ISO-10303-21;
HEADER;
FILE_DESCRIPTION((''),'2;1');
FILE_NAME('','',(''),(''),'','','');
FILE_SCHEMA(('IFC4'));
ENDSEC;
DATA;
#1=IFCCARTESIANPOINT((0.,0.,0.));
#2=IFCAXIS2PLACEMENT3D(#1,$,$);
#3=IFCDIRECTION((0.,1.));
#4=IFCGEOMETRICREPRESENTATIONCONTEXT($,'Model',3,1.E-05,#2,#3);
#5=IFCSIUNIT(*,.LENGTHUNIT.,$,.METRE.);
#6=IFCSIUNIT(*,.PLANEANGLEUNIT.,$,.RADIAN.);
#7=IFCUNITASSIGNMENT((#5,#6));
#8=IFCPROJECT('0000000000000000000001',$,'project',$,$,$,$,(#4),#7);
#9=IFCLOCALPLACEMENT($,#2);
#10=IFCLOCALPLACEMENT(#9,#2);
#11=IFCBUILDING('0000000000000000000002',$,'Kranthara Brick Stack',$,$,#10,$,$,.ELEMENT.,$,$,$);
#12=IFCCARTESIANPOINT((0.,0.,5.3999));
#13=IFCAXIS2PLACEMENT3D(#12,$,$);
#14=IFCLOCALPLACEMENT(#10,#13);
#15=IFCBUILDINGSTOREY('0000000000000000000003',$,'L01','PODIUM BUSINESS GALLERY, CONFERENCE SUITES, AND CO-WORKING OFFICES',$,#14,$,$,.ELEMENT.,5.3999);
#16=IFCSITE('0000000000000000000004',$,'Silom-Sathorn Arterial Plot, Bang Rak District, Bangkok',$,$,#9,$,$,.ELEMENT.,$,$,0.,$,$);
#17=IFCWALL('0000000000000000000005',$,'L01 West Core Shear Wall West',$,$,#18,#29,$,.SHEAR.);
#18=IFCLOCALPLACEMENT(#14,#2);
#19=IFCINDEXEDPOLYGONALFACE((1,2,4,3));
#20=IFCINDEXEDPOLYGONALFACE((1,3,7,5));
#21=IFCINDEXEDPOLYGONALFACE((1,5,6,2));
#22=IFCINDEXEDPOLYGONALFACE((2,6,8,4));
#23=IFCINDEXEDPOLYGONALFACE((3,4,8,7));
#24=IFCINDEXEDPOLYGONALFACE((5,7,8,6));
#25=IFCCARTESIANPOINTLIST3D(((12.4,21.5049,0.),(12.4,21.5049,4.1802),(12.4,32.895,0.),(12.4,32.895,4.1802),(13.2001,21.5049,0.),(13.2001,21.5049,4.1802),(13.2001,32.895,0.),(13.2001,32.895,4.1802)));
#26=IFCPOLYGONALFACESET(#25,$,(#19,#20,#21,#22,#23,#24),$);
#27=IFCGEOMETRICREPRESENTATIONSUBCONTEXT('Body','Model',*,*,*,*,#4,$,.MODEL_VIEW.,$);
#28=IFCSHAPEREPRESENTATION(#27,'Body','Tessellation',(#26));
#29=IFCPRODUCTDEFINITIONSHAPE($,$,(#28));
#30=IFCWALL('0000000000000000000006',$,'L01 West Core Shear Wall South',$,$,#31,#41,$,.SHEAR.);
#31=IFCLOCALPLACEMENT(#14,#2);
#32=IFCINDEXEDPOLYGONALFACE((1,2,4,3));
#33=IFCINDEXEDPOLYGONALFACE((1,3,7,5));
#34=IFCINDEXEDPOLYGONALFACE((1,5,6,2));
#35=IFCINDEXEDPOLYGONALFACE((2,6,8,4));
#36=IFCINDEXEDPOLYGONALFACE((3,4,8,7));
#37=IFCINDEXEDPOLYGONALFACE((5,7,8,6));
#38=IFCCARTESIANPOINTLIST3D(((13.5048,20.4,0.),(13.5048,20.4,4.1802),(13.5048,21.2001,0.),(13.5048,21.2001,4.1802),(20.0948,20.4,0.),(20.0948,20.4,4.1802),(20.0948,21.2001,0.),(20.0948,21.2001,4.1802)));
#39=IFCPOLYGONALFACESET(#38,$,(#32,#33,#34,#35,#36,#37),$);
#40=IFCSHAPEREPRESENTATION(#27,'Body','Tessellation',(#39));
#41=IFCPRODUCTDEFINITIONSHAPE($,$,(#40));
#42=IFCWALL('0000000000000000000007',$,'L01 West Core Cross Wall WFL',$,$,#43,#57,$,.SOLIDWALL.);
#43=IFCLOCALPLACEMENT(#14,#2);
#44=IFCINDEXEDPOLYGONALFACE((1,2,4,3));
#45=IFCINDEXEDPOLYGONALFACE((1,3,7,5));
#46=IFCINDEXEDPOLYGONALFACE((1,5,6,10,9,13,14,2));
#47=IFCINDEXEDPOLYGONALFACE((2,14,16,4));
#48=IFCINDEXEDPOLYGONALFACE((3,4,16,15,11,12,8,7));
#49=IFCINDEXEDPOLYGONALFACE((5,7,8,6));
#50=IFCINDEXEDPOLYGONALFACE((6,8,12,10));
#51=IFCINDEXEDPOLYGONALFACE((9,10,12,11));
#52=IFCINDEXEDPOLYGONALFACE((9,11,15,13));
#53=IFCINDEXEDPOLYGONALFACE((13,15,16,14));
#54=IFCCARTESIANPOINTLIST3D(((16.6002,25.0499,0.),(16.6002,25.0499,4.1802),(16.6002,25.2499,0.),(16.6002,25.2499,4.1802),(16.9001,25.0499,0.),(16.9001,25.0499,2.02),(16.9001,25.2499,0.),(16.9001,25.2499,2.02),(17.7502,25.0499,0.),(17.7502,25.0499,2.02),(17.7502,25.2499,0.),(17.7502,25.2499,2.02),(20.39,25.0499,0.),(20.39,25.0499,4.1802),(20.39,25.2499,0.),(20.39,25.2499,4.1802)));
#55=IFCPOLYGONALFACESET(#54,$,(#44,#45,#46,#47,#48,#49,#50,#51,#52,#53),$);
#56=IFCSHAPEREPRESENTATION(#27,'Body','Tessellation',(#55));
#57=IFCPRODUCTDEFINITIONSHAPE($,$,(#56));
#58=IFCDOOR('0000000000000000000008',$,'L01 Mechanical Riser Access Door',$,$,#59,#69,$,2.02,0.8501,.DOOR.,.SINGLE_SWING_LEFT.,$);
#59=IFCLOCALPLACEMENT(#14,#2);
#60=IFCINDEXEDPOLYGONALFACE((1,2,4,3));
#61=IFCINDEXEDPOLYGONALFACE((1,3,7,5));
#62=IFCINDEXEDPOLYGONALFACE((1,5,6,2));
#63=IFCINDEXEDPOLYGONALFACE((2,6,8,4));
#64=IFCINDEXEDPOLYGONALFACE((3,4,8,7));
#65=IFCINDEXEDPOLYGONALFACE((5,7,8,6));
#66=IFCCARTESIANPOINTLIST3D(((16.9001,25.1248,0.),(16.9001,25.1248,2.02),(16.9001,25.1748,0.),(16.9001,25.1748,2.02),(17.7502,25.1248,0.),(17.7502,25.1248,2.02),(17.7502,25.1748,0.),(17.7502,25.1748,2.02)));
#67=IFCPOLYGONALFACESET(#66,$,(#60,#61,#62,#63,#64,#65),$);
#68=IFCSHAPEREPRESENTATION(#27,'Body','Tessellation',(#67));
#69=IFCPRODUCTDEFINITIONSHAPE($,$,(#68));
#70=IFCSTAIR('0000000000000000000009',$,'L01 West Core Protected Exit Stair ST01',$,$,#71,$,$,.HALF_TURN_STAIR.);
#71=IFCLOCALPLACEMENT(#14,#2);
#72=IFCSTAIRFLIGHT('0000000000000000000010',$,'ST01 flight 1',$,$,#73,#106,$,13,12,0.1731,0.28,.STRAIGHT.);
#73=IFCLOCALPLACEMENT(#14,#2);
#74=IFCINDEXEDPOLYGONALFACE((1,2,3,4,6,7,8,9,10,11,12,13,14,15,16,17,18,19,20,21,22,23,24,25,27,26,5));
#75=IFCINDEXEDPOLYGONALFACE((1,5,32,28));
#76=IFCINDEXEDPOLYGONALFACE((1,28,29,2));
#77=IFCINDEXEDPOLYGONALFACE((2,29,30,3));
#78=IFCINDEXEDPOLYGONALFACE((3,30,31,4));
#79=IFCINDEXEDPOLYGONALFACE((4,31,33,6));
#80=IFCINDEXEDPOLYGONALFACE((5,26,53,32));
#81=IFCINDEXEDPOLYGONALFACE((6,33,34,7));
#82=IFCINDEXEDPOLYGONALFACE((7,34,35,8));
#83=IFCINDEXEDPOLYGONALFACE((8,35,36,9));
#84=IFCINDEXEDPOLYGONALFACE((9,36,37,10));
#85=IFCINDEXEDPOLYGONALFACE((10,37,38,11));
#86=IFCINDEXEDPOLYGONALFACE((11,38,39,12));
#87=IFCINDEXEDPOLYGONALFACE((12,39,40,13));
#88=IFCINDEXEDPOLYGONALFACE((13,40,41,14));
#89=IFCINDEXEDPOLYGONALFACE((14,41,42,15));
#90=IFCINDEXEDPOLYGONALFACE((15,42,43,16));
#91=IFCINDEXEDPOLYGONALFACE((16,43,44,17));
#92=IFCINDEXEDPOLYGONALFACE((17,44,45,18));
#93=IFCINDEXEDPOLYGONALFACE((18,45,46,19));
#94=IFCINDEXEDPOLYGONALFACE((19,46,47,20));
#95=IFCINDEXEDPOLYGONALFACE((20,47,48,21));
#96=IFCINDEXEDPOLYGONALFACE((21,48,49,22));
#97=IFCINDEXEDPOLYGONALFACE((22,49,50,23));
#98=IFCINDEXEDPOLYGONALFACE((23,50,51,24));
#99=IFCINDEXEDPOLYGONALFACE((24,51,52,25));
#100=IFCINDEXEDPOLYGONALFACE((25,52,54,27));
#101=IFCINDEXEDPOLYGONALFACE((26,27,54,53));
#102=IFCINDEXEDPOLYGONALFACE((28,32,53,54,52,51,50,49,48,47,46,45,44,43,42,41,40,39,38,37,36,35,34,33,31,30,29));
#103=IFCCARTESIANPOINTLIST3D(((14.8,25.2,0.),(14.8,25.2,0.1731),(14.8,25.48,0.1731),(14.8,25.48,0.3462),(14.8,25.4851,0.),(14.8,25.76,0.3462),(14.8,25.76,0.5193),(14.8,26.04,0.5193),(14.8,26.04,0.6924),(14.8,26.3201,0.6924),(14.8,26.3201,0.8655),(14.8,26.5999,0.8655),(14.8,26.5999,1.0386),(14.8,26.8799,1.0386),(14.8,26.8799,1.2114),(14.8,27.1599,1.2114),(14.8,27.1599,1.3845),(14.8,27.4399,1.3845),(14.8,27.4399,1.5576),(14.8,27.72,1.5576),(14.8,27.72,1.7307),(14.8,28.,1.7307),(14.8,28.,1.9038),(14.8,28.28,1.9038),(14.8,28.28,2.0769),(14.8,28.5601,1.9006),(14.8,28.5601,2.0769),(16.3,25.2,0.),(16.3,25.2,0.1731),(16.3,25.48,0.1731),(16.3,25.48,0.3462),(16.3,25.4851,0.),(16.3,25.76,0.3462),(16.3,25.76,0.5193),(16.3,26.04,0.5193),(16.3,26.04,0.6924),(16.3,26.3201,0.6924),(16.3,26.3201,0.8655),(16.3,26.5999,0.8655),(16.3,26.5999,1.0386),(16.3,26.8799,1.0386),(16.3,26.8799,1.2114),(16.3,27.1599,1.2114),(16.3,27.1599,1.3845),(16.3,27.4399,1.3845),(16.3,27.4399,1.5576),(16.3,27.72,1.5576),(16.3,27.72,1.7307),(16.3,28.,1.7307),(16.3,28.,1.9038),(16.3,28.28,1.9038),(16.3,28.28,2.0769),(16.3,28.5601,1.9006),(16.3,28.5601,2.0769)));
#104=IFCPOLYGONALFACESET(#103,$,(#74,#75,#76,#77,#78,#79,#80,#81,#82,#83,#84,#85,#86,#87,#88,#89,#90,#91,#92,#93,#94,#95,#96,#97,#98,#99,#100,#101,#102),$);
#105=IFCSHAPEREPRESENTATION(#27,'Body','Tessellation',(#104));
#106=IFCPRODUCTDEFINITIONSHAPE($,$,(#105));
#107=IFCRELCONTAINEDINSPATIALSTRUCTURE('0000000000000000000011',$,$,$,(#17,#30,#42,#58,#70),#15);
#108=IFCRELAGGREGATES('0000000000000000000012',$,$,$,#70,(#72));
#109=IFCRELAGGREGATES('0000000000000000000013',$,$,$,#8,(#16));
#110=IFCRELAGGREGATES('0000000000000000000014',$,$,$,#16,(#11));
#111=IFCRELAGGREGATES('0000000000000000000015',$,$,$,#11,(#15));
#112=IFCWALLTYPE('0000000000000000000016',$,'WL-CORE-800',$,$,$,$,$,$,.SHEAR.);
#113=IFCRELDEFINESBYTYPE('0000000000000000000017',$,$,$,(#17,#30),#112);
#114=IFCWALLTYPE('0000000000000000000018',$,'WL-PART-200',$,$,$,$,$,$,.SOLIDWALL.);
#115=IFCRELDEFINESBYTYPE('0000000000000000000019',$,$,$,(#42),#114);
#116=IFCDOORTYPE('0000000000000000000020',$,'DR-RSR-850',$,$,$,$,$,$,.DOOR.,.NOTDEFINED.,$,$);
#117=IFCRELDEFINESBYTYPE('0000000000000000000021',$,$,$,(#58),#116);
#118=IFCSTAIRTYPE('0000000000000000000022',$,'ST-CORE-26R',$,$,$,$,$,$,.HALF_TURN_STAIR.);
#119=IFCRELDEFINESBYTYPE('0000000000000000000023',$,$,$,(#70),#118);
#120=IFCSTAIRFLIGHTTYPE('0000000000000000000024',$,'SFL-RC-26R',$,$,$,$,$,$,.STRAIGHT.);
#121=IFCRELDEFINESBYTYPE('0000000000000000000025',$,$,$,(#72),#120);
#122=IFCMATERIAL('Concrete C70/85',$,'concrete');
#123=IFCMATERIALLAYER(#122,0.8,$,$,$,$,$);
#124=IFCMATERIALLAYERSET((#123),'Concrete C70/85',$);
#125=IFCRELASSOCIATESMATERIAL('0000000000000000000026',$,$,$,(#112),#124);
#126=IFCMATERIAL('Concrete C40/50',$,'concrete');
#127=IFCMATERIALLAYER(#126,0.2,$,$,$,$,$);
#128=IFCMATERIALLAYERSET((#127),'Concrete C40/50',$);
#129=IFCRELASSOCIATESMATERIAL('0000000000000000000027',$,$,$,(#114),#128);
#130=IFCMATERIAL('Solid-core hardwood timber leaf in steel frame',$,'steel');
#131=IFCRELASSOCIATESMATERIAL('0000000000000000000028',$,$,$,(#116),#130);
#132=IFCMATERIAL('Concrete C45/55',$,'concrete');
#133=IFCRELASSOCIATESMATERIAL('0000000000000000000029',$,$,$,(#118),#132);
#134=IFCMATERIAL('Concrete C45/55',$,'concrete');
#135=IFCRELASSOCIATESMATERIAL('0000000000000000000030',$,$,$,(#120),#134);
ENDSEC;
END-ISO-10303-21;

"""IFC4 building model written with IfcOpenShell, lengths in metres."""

from ifc_helpers import new_model, si_unit, direction, frame, frame_2d, origin, place, context, subcontext, project, spatial, polyline, rectangle, outline, extrude, material, layer, layer_set, type_object, element, fill, aggregate, save


model = new_model("IFC4")

# Units and contexts
model_context = context("Model", 3, precision=1e-05, world=origin(), true_north=direction((0.0, 1.0)))
body_context = subcontext(model_context, "Body", "Model", "MODEL_VIEW")
ifc_project = project(units=[si_unit("LENGTHUNIT", "METRE"), si_unit("PLANEANGLEUNIT", "RADIAN")], contexts=[model_context])

# Site, building, storey
site_placement = place(None, origin())
site = spatial("IfcSite", under=ifc_project, at=site_placement, Name="Silom-Sathorn Arterial Plot, Bang Rak District, Bangkok", CompositionType="ELEMENT", RefElevation=0.0)
building_placement = place(site_placement, origin())
building = spatial("IfcBuilding", under=site, at=building_placement, Name="Kranthara Brick Stack", CompositionType="ELEMENT")
storey_placement = place(building_placement, frame((0.0, 0.0, 5.3999)))
storey = spatial("IfcBuildingStorey", under=building, at=storey_placement, Name="L01", Description="PODIUM BUSINESS GALLERY, CONFERENCE SUITES, AND CO-WORKING OFFICES", CompositionType="ELEMENT", Elevation=5.3999)

# Walls
ifc_material_1 = material(Name="Concrete C70/85", Category="concrete")
ifc_layer_1 = layer(ifc_material_1, 0.8)
ifc_layer_set_1 = layer_set([ifc_layer_1], Name="Concrete C70/85")
wall_type_1 = type_object("IfcWallType", Name="WL-CORE-800", PredefinedType="SHEAR", material=ifc_layer_set_1)
wall_1_placement = place(storey_placement, frame((12.8, 21.5049, 0.0), z_axis=(0.0, 0.0, 1.0), x_axis=(0.0, 1.0, 0.0)))
element("IfcWall", 1, at=wall_1_placement, inside=storey, type_object=wall_type_1, Name="L01 West Core Shear Wall West", PredefinedType="SHEAR", context=body_context, shape_type="SweptSolid", body=[
    extrude(rectangle(XDim=11.3901, YDim=0.8, at=frame_2d((5.6951, 0.0))), origin(), (0.0, 0.0, 1.0), 4.1802),
])
wall_2_placement = place(storey_placement, frame((13.5049, 20.8, 0.0), z_axis=(0.0, 0.0, 1.0), x_axis=(1.0, 0.0, 0.0)))
element("IfcWall", 2, at=wall_2_placement, inside=storey, type_object=wall_type_1, Name="L01 West Core Shear Wall South", PredefinedType="SHEAR", context=body_context, shape_type="SweptSolid", body=[
    extrude(rectangle(XDim=6.5901, YDim=0.8, at=frame_2d((3.2949, 0.0))), origin(), (0.0, 0.0, 1.0), 4.1802),
])

# Wall, opening, door
ifc_material_2 = material(Name="Concrete C40/50", Category="concrete")
ifc_layer_2 = layer(ifc_material_2, 0.2)
ifc_layer_set_2 = layer_set([ifc_layer_2], Name="Concrete C40/50")
wall_type_2 = type_object("IfcWallType", Name="WL-PART-200", PredefinedType="SOLIDWALL", material=ifc_layer_set_2)
wall_3_placement = place(storey_placement, frame((16.6001, 25.1499, 0.0), z_axis=(0.0, 0.0, 1.0), x_axis=(1.0, 0.0, 0.0)))
wall_3 = element("IfcWall", 3, at=wall_3_placement, inside=storey, type_object=wall_type_2, Name="L01 West Core Cross Wall WFL", PredefinedType="SOLIDWALL", context=body_context, shape_type="SweptSolid", body=[
    extrude(rectangle(XDim=3.7898, YDim=0.2, at=frame_2d((1.895, 0.0))), origin(), (0.0, 0.0, 1.0), 4.1802),
])
opening_1_placement = place(wall_3_placement, frame((0.3, 0.0, 0.0)))
opening_1 = element("IfcOpeningElement", 4, at=opening_1_placement, cuts=wall_3, PredefinedType="OPENING", context=body_context, shape_type="SweptSolid", body=[
    extrude(rectangle(XDim=0.8501, YDim=2.02, at=frame_2d((0.425, 1.01))), frame((0.0, 0.1099, 0.0), z_axis=(0.0, -1.0, 0.0), x_axis=(1.0, 0.0, 0.0)), (0.0, 0.0, 1.0), 0.22),
])
ifc_material_3 = material(Name="Solid-core hardwood timber leaf in steel frame", Category="steel")
door_type_1 = type_object("IfcDoorType", Name="DR-RSR-850", OperationType="NOTDEFINED", PredefinedType="DOOR", material=ifc_material_3)
door_1_placement = place(opening_1_placement, origin())
door_1 = element("IfcDoor", 5, at=door_1_placement, inside=storey, type_object=door_type_1, Name="L01 Mechanical Riser Access Door", OperationType="SINGLE_SWING_LEFT", OverallHeight=2.02, OverallWidth=0.8501, PredefinedType="DOOR", context=body_context, shape_type="SweptSolid", body=[
    extrude(rectangle(XDim=0.8501, YDim=2.02, at=frame_2d((0.425, 1.01))), frame((0.0, 0.0249, 0.0), z_axis=(0.0, -1.0, 0.0), x_axis=(1.0, 0.0, 0.0)), (0.0, 0.0, 1.0), 0.05),
])
fill(opening_1, door_1)

# Stair, stair flight
ifc_material_4 = material(Name="Concrete C45/55", Category="concrete")
stair_type = type_object("IfcStairType", Name="ST-CORE-26R", PredefinedType="HALF_TURN_STAIR", material=ifc_material_4)
stair_placement = place(storey_placement, origin())
stair = element("IfcStair", 6, at=stair_placement, inside=storey, type_object=stair_type, Name="L01 West Core Protected Exit Stair ST01", PredefinedType="HALF_TURN_STAIR")
ifc_material_5 = material(Name="Concrete C45/55", Category="concrete")
stair_flight_type = type_object("IfcStairFlightType", Name="SFL-RC-26R", PredefinedType="STRAIGHT", material=ifc_material_5)
stair_flight_placement = place(storey_placement, frame((15.55, 25.2, 0.0), z_axis=(0.0, 0.0, 1.0), x_axis=(0.0, 1.0, 0.0)))
stair_flight = element("IfcStairFlight", 7, at=stair_flight_placement, type_object=stair_flight_type, Name="ST01 flight 1", NumberOfRisers=13, NumberOfTreads=12, PredefinedType="STRAIGHT", RiserHeight=0.1731, TreadLength=0.28, context=body_context, shape_type="SweptSolid", body=[
    extrude(outline(polyline([(0.0, 0.0), (0.0, 0.1731), (0.28, 0.1731), (0.28, 0.3462), (0.5601, 0.3462), (0.5601, 0.5193), (0.8401, 0.5193), (0.8401, 0.6924), (1.1201, 0.6924), (1.1201, 0.8655), (1.3999, 0.8655), (1.3999, 1.0386), (1.6799, 1.0386), (1.6799, 1.2114), (1.96, 1.2114), (1.96, 1.3845), (2.24, 1.3845), (2.24, 1.5576), (2.52, 1.5576), (2.52, 1.7307), (2.8, 1.7307), (2.8, 1.9038), (3.0801, 1.9038), (3.0801, 2.0769), (3.3601, 2.0769), (3.3601, 2.25), (3.3601, 1.9006), (0.2852, 0.0), (0.0, 0.0)])), frame((0.0, 0.75, 0.0), z_axis=(0.0, -1.0, 0.0), x_axis=(1.0, 0.0, 0.0)), (0.0, 0.0, 1.0), 1.5),
])
aggregate(stair, [stair_flight])

save(model, "model.ifc")
